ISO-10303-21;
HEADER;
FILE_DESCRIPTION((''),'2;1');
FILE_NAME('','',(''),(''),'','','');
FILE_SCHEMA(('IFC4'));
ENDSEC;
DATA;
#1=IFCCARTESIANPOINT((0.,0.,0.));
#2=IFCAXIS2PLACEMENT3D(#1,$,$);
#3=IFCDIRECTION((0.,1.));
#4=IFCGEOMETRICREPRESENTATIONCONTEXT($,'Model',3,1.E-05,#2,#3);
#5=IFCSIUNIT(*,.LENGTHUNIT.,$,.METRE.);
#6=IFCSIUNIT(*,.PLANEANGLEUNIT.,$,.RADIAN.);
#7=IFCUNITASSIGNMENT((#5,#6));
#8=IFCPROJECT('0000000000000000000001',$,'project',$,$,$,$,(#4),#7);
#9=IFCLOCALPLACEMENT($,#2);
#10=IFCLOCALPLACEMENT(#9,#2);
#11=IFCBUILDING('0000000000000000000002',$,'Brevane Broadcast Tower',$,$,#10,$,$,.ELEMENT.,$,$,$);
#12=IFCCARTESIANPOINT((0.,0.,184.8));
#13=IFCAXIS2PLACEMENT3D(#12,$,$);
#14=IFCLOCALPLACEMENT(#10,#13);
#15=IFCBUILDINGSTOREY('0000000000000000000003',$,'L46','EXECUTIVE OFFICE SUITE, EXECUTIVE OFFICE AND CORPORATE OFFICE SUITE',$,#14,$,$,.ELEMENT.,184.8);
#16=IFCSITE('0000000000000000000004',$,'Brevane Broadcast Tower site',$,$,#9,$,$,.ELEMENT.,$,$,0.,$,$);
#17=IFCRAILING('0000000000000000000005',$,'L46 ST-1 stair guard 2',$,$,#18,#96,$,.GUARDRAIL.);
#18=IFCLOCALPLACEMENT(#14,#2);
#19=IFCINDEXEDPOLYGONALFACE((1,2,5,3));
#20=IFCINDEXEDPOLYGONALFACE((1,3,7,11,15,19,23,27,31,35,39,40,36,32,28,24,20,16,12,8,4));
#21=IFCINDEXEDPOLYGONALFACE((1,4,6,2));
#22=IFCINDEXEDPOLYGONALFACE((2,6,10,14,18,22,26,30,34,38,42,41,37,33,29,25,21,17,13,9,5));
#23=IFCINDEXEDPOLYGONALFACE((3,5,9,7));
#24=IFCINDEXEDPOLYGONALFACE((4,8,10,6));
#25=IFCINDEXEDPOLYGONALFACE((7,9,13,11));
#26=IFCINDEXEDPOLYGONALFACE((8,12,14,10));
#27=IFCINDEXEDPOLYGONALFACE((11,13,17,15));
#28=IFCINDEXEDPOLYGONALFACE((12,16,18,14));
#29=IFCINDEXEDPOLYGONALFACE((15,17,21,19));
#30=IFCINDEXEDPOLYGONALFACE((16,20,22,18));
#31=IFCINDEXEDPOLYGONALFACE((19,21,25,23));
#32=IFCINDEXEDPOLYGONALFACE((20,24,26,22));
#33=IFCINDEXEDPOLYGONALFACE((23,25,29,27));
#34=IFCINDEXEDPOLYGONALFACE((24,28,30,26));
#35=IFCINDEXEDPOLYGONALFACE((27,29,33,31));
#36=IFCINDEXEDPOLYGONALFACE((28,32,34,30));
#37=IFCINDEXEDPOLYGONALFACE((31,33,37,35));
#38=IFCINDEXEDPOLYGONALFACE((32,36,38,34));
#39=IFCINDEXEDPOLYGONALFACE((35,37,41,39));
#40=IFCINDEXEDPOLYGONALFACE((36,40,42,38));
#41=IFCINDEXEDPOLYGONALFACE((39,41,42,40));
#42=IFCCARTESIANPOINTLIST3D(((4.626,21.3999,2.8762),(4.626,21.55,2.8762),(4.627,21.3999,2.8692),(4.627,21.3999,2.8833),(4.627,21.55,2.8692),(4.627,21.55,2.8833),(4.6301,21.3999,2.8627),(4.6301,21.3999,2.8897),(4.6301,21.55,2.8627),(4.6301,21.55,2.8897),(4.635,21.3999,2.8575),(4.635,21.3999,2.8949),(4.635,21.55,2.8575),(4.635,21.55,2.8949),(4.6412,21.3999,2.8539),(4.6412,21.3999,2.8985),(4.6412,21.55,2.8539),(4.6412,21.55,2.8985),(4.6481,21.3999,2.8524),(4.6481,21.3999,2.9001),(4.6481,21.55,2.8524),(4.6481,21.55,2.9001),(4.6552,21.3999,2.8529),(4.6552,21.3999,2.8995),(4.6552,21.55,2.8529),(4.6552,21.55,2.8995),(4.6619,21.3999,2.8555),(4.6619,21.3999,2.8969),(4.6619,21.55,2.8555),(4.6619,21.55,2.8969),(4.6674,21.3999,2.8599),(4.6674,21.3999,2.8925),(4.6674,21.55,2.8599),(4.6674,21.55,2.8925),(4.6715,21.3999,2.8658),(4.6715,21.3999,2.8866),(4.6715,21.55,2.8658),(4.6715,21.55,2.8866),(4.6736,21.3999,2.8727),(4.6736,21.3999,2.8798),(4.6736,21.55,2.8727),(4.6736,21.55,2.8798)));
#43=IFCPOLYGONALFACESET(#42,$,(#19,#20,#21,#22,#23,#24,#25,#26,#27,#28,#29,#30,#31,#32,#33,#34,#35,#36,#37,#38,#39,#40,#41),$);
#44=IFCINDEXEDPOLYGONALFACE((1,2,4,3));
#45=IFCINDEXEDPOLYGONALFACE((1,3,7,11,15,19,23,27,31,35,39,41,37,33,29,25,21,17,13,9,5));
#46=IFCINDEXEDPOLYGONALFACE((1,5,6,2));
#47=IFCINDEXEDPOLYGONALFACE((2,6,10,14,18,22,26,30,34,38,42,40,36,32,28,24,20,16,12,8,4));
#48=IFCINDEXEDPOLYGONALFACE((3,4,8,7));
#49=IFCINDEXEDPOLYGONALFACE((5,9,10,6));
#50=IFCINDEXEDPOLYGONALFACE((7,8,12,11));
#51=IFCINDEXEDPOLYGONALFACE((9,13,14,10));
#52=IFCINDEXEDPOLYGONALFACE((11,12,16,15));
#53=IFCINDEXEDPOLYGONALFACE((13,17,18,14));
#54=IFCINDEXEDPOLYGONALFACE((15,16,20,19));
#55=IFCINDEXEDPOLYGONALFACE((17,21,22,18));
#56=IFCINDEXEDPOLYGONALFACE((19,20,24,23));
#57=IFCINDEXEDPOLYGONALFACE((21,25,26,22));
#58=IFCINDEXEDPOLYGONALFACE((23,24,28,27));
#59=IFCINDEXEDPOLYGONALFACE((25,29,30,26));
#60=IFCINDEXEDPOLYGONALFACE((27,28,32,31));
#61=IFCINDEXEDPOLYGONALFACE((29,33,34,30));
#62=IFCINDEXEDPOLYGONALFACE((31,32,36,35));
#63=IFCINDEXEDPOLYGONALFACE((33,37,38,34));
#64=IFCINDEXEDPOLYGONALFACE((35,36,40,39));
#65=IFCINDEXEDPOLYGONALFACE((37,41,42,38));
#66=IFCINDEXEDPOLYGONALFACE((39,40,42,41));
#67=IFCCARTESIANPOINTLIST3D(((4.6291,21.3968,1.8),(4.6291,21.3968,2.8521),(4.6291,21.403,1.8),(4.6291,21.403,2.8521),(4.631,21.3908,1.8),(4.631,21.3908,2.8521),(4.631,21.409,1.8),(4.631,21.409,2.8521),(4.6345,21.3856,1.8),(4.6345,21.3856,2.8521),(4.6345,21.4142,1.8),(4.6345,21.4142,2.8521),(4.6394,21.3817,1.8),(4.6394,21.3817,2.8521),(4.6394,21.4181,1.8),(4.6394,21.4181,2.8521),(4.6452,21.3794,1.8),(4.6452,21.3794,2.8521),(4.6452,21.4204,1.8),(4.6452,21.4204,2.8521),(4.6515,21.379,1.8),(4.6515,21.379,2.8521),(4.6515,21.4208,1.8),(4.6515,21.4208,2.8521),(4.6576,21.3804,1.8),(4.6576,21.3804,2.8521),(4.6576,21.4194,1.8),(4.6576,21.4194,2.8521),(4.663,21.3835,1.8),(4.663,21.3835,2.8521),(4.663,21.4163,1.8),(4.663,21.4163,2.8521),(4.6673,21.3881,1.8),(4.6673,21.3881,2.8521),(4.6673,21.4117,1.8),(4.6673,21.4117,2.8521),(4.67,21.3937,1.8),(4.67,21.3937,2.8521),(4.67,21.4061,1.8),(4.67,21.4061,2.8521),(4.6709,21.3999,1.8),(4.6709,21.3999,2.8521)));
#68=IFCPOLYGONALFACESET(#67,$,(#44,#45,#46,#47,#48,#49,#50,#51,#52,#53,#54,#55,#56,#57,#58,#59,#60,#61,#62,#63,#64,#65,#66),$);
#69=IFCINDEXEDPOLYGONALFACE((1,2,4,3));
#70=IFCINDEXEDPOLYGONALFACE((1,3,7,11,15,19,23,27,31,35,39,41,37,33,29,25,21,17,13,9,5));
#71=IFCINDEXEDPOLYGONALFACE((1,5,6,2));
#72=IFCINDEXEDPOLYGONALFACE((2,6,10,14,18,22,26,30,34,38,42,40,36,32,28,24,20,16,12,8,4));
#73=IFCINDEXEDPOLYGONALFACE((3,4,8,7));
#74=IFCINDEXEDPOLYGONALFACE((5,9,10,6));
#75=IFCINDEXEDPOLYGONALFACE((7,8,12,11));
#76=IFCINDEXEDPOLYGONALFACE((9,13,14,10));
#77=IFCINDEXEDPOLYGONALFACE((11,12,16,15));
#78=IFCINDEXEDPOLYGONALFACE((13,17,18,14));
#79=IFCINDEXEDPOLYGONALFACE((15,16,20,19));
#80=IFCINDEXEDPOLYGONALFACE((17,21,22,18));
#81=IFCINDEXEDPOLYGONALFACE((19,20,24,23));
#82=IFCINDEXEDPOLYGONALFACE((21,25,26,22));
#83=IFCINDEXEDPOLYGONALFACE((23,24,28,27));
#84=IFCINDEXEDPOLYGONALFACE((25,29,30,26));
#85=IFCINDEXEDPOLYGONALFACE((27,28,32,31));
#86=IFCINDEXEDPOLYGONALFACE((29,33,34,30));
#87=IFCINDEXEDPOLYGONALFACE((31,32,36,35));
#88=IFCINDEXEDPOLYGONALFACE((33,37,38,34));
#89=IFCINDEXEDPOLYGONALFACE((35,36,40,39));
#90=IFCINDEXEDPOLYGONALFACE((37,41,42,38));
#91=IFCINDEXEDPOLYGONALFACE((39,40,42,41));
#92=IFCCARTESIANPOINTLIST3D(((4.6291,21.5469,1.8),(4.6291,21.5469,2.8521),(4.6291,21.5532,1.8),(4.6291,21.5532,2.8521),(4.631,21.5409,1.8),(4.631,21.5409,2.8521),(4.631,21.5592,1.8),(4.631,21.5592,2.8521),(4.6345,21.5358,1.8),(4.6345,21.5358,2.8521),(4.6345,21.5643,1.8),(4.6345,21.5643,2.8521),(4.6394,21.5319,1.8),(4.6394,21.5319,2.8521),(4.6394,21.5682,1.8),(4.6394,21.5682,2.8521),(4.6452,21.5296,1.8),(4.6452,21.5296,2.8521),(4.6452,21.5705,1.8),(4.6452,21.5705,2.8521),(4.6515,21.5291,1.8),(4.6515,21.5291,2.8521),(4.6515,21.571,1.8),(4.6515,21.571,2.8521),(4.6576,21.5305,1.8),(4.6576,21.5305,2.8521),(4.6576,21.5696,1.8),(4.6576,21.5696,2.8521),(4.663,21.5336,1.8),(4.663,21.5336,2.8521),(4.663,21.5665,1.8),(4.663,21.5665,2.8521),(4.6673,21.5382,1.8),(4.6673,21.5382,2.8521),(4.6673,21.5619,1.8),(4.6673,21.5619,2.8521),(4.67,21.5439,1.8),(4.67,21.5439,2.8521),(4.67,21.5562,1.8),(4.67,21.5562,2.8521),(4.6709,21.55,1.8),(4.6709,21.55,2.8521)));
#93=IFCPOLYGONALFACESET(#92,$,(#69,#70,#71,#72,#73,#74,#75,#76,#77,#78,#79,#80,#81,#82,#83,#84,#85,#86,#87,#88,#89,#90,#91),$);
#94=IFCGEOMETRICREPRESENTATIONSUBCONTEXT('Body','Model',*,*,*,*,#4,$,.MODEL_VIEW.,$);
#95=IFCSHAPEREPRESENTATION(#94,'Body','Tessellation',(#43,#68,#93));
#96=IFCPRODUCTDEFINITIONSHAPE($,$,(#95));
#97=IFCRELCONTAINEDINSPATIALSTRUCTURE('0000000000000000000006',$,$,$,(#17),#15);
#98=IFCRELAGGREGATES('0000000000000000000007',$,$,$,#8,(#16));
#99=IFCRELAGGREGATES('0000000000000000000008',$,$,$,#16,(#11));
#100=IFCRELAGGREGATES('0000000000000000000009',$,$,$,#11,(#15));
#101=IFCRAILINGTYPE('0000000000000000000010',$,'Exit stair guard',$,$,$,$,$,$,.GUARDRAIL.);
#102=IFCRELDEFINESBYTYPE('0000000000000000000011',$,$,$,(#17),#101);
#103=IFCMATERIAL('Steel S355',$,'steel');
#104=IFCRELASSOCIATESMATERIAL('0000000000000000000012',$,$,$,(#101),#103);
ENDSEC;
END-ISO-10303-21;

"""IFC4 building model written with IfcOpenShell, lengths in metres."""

from ifc_helpers import new_model, si_unit, direction, frame, origin, origin_2d, place, context, subcontext, project, spatial, circle, extrude, material, type_object, element, save


model = new_model("IFC4")

# Units and contexts
model_context = context("Model", 3, precision=1e-05, world=origin(), true_north=direction((0.0, 1.0)))
body_context = subcontext(model_context, "Body", "Model", "MODEL_VIEW")
ifc_project = project(units=[si_unit("LENGTHUNIT", "METRE"), si_unit("PLANEANGLEUNIT", "RADIAN")], contexts=[model_context])

# Site, building, storey
site_placement = place(None, origin())
site = spatial("IfcSite", under=ifc_project, at=site_placement, Name="Brevane Broadcast Tower site", CompositionType="ELEMENT", RefElevation=0.0)
building_placement = place(site_placement, origin())
building = spatial("IfcBuilding", under=site, at=building_placement, Name="Brevane Broadcast Tower", CompositionType="ELEMENT")
storey_placement = place(building_placement, frame((0.0, 0.0, 184.8)))
storey = spatial("IfcBuildingStorey", under=building, at=storey_placement, Name="L46", Description="EXECUTIVE OFFICE SUITE, EXECUTIVE OFFICE AND CORPORATE OFFICE SUITE", CompositionType="ELEMENT", Elevation=184.8)

# Railing
ifc_material_1 = material(Name="Steel S355", Category="steel")
railing_type_1 = type_object("IfcRailingType", Name="Exit stair guard", PredefinedType="GUARDRAIL", material=ifc_material_1)
railing_1_placement = place(storey_placement, frame((4.6499, 21.3999, 1.8)))
element("IfcRailing", 1, at=railing_1_placement, inside=storey, type_object=railing_type_1, Name="L46 ST-1 stair guard 2", PredefinedType="GUARDRAIL", context=body_context, shape_type="SweptSolid", body=[
    extrude(circle(Radius=0.0239, at=origin_2d()), frame((0.0, 0.0, 1.0762), z_axis=(0.0, 1.0, 0.0), x_axis=(-1.0, 0.0, 0.0)), (0.0, 0.0, 1.0), 0.1501),
    extrude(circle(Radius=0.021, at=origin_2d()), origin(), (0.0, 0.0, 1.0), 1.052),
    extrude(circle(Radius=0.021, at=origin_2d()), frame((0.0, 0.1501, 0.0)), (0.0, 0.0, 1.0), 1.052),
])

save(model, "model.ifc")
